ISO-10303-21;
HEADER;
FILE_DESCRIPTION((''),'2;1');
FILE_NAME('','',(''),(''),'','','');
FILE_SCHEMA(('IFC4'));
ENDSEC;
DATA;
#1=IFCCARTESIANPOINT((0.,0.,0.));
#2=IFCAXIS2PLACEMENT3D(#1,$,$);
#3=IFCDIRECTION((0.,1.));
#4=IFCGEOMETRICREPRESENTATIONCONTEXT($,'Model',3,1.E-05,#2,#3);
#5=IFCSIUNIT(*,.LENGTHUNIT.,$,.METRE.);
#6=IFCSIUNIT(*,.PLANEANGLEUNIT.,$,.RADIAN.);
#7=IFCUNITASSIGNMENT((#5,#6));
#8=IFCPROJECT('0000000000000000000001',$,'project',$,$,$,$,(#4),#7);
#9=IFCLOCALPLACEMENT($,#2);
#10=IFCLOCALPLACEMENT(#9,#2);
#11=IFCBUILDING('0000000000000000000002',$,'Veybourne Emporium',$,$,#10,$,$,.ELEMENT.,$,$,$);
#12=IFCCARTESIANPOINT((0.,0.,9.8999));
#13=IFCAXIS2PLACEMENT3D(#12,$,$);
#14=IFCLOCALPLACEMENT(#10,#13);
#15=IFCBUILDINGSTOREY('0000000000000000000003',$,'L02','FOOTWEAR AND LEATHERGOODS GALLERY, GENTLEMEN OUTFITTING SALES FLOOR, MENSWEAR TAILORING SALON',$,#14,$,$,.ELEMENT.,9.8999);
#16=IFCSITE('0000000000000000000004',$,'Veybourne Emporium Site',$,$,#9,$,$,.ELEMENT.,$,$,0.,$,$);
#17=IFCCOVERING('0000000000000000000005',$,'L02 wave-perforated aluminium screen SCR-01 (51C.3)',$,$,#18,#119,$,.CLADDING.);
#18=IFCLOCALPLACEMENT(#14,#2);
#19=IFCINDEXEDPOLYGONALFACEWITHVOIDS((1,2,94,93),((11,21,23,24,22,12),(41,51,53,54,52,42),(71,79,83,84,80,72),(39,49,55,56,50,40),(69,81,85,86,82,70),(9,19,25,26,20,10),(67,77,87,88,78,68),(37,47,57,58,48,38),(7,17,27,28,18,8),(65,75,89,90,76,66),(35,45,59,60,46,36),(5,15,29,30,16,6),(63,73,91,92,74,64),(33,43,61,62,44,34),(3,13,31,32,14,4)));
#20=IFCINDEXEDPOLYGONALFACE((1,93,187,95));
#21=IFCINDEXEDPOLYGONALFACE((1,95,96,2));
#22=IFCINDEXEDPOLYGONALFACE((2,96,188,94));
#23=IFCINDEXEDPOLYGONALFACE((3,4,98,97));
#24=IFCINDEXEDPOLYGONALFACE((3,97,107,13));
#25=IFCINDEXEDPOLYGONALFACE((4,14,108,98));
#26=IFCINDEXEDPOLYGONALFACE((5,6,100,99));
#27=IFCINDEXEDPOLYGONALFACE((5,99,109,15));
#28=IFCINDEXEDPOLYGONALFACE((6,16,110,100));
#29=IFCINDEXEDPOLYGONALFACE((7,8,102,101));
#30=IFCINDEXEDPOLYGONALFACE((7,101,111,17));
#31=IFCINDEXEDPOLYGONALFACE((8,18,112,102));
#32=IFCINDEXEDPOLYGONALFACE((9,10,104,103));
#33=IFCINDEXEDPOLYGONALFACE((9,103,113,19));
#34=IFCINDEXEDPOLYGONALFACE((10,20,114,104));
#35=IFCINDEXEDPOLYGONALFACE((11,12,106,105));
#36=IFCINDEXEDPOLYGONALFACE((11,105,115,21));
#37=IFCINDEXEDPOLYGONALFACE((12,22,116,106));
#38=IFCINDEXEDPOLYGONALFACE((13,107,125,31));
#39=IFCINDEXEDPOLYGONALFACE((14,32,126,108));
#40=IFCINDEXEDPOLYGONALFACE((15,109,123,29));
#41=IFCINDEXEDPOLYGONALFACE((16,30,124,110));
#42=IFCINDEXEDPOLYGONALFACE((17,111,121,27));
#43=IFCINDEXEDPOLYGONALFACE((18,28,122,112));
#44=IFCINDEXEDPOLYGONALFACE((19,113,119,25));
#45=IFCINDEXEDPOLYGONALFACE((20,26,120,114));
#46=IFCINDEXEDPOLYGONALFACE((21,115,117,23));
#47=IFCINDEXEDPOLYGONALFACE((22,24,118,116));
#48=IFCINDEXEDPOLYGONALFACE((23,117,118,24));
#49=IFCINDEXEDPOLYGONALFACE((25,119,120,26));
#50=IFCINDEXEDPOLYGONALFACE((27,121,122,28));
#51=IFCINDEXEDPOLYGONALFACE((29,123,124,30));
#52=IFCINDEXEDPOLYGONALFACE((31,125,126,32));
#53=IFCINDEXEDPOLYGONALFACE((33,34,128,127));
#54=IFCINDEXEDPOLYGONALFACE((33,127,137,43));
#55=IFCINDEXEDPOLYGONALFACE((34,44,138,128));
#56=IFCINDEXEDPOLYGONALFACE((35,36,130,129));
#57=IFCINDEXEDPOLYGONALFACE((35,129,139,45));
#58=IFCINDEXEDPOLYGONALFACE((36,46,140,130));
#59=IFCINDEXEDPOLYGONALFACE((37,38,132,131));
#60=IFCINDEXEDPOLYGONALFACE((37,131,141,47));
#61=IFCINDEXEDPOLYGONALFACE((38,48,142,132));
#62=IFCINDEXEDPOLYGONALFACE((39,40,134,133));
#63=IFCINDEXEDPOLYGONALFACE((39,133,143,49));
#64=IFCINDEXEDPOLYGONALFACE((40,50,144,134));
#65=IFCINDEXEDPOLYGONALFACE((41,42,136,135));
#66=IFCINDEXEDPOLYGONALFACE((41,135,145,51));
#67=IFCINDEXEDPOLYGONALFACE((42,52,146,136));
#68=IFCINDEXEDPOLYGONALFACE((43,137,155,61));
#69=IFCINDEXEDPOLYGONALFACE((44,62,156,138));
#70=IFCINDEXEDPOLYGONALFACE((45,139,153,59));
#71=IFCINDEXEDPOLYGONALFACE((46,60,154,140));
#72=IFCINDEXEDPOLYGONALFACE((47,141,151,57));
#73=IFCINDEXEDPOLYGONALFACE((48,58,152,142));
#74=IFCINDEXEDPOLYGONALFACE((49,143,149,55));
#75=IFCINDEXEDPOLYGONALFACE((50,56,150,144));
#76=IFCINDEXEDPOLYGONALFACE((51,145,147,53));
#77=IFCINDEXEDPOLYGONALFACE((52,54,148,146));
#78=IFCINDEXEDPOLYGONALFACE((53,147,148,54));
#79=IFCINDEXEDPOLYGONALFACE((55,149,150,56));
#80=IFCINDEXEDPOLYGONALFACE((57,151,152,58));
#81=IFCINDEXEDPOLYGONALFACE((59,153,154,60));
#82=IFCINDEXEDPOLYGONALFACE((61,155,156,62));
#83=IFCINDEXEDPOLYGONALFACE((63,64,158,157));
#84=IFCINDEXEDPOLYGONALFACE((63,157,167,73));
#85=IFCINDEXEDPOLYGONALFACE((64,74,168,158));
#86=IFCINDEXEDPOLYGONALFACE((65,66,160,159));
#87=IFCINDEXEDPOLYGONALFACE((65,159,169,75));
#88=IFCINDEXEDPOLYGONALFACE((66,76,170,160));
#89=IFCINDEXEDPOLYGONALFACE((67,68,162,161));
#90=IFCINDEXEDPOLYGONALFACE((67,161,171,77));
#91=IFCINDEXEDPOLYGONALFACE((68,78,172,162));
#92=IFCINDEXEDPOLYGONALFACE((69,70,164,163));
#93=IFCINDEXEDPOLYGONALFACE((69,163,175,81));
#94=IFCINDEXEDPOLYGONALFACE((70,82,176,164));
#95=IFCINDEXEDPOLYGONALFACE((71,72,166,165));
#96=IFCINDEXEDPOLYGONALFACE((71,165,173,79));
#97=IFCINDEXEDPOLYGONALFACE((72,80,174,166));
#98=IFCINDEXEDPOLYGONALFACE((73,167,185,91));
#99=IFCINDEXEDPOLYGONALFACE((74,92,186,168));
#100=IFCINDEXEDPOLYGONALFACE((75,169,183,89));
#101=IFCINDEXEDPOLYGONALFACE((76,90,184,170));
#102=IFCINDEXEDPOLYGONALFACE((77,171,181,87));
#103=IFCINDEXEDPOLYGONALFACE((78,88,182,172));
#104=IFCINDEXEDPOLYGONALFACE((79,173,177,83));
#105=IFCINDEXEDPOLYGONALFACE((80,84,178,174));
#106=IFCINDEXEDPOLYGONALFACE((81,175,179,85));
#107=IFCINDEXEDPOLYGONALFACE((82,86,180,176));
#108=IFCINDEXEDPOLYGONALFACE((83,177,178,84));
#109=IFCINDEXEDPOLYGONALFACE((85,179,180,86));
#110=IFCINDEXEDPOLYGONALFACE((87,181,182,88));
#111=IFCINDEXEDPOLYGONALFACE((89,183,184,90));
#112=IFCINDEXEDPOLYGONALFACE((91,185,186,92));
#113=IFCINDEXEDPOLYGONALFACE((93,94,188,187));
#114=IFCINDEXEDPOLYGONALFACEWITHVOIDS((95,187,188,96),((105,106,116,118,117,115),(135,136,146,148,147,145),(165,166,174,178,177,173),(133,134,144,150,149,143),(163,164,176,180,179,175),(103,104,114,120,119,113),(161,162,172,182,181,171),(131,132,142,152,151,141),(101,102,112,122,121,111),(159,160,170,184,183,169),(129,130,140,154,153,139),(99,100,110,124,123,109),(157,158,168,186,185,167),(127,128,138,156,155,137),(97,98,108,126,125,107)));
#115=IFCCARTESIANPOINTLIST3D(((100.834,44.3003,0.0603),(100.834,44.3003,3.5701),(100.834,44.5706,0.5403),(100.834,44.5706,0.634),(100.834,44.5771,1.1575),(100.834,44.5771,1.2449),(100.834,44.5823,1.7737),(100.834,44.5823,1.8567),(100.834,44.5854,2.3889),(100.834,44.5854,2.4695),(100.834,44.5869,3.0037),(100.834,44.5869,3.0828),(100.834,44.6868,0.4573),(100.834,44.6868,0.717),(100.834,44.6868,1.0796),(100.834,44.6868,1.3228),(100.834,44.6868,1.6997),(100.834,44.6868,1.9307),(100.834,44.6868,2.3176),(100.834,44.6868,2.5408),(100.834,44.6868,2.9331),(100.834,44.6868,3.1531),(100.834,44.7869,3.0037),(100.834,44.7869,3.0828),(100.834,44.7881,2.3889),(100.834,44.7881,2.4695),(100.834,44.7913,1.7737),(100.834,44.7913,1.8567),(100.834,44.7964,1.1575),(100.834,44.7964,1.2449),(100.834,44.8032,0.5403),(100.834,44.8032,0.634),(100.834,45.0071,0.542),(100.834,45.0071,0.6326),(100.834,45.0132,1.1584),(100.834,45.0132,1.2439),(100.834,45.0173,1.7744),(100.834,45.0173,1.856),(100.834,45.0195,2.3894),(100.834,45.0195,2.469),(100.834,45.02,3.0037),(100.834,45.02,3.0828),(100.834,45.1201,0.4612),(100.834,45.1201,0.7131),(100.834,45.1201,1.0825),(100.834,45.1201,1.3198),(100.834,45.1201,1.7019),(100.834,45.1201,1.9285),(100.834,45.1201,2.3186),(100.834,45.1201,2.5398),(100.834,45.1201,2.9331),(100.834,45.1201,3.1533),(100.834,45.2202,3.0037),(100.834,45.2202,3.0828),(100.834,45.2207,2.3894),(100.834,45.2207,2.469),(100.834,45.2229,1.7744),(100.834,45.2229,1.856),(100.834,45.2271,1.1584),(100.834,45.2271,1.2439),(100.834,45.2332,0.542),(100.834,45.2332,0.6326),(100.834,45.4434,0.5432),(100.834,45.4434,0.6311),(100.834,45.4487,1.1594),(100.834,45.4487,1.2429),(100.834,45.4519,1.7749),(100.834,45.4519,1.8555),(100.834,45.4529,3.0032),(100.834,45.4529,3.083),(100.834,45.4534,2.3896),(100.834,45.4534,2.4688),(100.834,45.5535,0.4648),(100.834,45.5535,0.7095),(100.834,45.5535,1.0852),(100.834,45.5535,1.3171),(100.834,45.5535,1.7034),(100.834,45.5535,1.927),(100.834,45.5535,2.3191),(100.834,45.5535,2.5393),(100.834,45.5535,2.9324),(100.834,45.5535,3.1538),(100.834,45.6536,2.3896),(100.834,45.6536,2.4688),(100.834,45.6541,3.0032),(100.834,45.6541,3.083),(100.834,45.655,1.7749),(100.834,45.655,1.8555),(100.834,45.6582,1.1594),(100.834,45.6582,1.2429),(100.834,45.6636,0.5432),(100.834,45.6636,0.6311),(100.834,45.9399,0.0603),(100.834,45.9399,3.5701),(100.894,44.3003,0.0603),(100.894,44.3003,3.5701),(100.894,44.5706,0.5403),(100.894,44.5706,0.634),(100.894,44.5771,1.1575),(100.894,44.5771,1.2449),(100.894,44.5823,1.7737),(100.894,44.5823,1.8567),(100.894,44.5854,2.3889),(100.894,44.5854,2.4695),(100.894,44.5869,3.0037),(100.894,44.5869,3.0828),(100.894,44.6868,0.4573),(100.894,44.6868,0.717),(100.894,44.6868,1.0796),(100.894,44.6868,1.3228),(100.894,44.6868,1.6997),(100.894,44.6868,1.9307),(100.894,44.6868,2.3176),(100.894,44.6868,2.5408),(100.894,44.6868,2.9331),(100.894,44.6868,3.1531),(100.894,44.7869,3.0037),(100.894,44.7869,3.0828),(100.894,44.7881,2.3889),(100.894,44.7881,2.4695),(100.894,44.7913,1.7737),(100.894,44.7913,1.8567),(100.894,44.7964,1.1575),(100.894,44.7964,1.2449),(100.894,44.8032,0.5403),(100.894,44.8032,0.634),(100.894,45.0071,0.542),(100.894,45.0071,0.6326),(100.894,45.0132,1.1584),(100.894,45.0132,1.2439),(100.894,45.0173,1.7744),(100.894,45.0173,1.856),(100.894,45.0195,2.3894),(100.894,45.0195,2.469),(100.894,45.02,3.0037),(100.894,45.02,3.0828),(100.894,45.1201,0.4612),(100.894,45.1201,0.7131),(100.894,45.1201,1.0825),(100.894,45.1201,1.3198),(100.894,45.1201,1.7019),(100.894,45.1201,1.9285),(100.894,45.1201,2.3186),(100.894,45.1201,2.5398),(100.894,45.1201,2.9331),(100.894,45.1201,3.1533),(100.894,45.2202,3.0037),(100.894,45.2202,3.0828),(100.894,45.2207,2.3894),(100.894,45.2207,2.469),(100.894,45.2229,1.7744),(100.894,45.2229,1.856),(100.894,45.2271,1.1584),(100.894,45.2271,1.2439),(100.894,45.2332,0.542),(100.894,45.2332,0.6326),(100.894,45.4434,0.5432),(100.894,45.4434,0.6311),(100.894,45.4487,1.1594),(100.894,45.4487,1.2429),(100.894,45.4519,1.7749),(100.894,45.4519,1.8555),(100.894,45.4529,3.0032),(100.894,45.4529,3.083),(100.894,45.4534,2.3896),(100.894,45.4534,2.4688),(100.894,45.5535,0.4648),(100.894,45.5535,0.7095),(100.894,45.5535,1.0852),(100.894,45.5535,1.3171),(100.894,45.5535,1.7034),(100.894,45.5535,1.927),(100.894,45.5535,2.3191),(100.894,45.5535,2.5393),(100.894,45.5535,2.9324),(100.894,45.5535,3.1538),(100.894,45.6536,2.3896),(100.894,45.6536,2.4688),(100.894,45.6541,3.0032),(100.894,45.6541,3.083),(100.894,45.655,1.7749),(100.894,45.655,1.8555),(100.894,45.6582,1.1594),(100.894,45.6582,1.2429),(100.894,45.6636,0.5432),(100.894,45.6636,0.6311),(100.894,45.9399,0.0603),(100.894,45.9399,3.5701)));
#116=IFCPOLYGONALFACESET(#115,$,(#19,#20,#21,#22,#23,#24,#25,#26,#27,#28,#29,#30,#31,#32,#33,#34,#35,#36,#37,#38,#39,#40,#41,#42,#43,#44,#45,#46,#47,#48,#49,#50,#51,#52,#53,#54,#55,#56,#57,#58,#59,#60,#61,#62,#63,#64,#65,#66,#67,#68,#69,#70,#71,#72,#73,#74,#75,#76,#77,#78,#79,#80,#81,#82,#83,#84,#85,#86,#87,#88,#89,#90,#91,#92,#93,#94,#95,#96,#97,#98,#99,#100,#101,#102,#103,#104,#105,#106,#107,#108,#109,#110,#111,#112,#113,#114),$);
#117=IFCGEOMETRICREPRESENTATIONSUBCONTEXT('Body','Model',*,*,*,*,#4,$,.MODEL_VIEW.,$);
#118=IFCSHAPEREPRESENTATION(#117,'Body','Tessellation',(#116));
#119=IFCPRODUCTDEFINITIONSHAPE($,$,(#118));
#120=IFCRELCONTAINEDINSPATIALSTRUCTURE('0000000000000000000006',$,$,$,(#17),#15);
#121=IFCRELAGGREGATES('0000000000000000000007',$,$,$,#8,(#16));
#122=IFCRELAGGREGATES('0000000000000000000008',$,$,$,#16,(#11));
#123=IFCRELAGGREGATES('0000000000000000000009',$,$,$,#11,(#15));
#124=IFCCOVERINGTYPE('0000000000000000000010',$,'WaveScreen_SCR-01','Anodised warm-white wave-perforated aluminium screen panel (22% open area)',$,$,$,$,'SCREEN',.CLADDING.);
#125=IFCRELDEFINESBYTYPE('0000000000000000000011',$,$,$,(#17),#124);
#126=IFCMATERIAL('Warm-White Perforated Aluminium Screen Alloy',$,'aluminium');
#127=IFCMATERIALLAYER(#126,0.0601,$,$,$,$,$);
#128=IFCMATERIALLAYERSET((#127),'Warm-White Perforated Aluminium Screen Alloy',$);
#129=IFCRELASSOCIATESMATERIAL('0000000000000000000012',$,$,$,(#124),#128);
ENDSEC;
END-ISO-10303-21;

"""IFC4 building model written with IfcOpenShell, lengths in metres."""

from ifc_helpers import new_model, si_unit, direction, frame, origin, place, context, subcontext, project, spatial, polyline, outline, extrude, material, layer, layer_set, type_object, element, save


model = new_model("IFC4")

# Units and contexts
model_context = context("Model", 3, precision=1e-05, world=origin(), true_north=direction((0.0, 1.0)))
body_context = subcontext(model_context, "Body", "Model", "MODEL_VIEW")
ifc_project = project(units=[si_unit("LENGTHUNIT", "METRE"), si_unit("PLANEANGLEUNIT", "RADIAN")], contexts=[model_context])

# Site, building, storey
site_placement = place(None, origin())
site = spatial("IfcSite", under=ifc_project, at=site_placement, Name="Veybourne Emporium Site", CompositionType="ELEMENT", RefElevation=0.0)
building_placement = place(site_placement, origin())
building = spatial("IfcBuilding", under=site, at=building_placement, Name="Veybourne Emporium", CompositionType="ELEMENT")
storey_placement = place(building_placement, frame((0.0, 0.0, 9.8999)))
storey = spatial("IfcBuildingStorey", under=building, at=storey_placement, Name="L02", Description="FOOTWEAR AND LEATHERGOODS GALLERY, GENTLEMEN OUTFITTING SALES FLOOR, MENSWEAR TAILORING SALON", CompositionType="ELEMENT", Elevation=9.8999)

# Covering
ifc_material_1 = material(Name="Warm-White Perforated Aluminium Screen Alloy", Category="aluminium")
ifc_layer_1 = layer(ifc_material_1, 0.0601)
ifc_layer_set_1 = layer_set([ifc_layer_1], Name="Warm-White Perforated Aluminium Screen Alloy")
covering_type_1 = type_object("IfcCoveringType", Name="WaveScreen_SCR-01", Description="Anodised warm-white wave-perforated aluminium screen panel (22% open area)", ElementType="SCREEN", PredefinedType="CLADDING", material=ifc_layer_set_1)
covering_1_placement = place(storey_placement, frame((100.894, 45.1201, 1.8152), z_axis=(-1.0, 0.0, 0.0), x_axis=(0.0, -1.0, 0.0)))
element("IfcCovering", 1, at=covering_1_placement, inside=storey, type_object=covering_type_1, Name="L02 wave-perforated aluminium screen SCR-01 (51C.3)", PredefinedType="CLADDING", context=body_context, shape_type="SweptSolid", body=[
    extrude(outline(polyline([(-0.8198, -1.7549), (0.8198, -1.7549), (0.8198, 1.7549), (-0.8198, 1.7549), (-0.8198, -1.7549)]), holes=[polyline([(-0.4333, -1.1057), (-0.3232, -1.1841), (-0.3232, -1.272), (-0.4333, -1.3503), (-0.5435, -1.272), (-0.5435, -1.1841), (-0.4333, -1.1057)]), polyline([(-0.4333, -0.498), (-0.3286, -0.5723), (-0.3286, -0.6558), (-0.4333, -0.73), (-0.5381, -0.6558), (-0.5381, -0.5723), (-0.4333, -0.498)]), polyline([(-0.4333, 0.1118), (-0.3318, 0.0403), (-0.3318, -0.0403), (-0.4333, -0.1118), (-0.5349, -0.0403), (-0.5349, 0.0403), (-0.4333, 0.1118)]), polyline([(-0.4333, 0.7241), (-0.3333, 0.6536), (-0.3333, 0.5745), (-0.4333, 0.5039), (-0.5334, 0.5745), (-0.5334, 0.6536), (-0.4333, 0.7241)]), polyline([(-0.4333, 1.3386), (-0.3328, 1.2678), (-0.3328, 1.188), (-0.4333, 1.1172), (-0.5339, 1.188), (-0.5339, 1.2678), (-0.4333, 1.3386)]), polyline([(0.0, -1.1021), (0.113, -1.1826), (0.113, -1.2732), (0.0, -1.354), (-0.113, -1.2732), (-0.113, -1.1826), (0.0, -1.1021)]), polyline([(0.0, -0.4954), (0.1069, -0.5713), (0.1069, -0.6567), (0.0, -0.7327), (-0.1069, -0.6567), (-0.1069, -0.5713), (0.0, -0.4954)]), polyline([(0.0, 0.1133), (0.1028, 0.0408), (0.1028, -0.0408), (0.0, -0.1133), (-0.1028, -0.0408), (-0.1028, 0.0408), (0.0, 0.1133)]), polyline([(0.0, 0.7246), (0.1006, 0.6538), (0.1006, 0.5742), (0.0, 0.5034), (-0.1006, 0.5742), (-0.1006, 0.6538), (0.0, 0.7246)]), polyline([(0.0, 1.3381), (0.1001, 1.2676), (0.1001, 1.1885), (0.0, 1.1179), (-0.1001, 1.1885), (-0.1001, 1.2676), (0.0, 1.3381)]), polyline([(0.4333, -1.0981), (0.5496, -1.1812), (0.5496, -1.2749), (0.4333, -1.3579), (0.3169, -1.2749), (0.3169, -1.1812), (0.4333, -1.0981)]), polyline([(0.4333, -0.4924), (0.543, -0.5703), (0.543, -0.6577), (0.4333, -0.7356), (0.3237, -0.6577), (0.3237, -0.5703), (0.4333, -0.4924)]), polyline([(0.4333, 0.1155), (0.5378, 0.0415), (0.5378, -0.0415), (0.4333, -0.1155), (0.3289, -0.0415), (0.3289, 0.0415), (0.4333, 0.1155)]), polyline([(0.4333, 0.7256), (0.5347, 0.6543), (0.5347, 0.5737), (0.4333, 0.5024), (0.332, 0.5737), (0.332, 0.6543), (0.4333, 0.7256)]), polyline([(0.4333, 1.3379), (0.5332, 1.2676), (0.5332, 1.1885), (0.4333, 1.1179), (0.3333, 1.1885), (0.3333, 1.2676), (0.4333, 1.3379)])]), origin(), (0.0, 0.0, 1.0), 0.0601),
])

save(model, "model.ifc")
